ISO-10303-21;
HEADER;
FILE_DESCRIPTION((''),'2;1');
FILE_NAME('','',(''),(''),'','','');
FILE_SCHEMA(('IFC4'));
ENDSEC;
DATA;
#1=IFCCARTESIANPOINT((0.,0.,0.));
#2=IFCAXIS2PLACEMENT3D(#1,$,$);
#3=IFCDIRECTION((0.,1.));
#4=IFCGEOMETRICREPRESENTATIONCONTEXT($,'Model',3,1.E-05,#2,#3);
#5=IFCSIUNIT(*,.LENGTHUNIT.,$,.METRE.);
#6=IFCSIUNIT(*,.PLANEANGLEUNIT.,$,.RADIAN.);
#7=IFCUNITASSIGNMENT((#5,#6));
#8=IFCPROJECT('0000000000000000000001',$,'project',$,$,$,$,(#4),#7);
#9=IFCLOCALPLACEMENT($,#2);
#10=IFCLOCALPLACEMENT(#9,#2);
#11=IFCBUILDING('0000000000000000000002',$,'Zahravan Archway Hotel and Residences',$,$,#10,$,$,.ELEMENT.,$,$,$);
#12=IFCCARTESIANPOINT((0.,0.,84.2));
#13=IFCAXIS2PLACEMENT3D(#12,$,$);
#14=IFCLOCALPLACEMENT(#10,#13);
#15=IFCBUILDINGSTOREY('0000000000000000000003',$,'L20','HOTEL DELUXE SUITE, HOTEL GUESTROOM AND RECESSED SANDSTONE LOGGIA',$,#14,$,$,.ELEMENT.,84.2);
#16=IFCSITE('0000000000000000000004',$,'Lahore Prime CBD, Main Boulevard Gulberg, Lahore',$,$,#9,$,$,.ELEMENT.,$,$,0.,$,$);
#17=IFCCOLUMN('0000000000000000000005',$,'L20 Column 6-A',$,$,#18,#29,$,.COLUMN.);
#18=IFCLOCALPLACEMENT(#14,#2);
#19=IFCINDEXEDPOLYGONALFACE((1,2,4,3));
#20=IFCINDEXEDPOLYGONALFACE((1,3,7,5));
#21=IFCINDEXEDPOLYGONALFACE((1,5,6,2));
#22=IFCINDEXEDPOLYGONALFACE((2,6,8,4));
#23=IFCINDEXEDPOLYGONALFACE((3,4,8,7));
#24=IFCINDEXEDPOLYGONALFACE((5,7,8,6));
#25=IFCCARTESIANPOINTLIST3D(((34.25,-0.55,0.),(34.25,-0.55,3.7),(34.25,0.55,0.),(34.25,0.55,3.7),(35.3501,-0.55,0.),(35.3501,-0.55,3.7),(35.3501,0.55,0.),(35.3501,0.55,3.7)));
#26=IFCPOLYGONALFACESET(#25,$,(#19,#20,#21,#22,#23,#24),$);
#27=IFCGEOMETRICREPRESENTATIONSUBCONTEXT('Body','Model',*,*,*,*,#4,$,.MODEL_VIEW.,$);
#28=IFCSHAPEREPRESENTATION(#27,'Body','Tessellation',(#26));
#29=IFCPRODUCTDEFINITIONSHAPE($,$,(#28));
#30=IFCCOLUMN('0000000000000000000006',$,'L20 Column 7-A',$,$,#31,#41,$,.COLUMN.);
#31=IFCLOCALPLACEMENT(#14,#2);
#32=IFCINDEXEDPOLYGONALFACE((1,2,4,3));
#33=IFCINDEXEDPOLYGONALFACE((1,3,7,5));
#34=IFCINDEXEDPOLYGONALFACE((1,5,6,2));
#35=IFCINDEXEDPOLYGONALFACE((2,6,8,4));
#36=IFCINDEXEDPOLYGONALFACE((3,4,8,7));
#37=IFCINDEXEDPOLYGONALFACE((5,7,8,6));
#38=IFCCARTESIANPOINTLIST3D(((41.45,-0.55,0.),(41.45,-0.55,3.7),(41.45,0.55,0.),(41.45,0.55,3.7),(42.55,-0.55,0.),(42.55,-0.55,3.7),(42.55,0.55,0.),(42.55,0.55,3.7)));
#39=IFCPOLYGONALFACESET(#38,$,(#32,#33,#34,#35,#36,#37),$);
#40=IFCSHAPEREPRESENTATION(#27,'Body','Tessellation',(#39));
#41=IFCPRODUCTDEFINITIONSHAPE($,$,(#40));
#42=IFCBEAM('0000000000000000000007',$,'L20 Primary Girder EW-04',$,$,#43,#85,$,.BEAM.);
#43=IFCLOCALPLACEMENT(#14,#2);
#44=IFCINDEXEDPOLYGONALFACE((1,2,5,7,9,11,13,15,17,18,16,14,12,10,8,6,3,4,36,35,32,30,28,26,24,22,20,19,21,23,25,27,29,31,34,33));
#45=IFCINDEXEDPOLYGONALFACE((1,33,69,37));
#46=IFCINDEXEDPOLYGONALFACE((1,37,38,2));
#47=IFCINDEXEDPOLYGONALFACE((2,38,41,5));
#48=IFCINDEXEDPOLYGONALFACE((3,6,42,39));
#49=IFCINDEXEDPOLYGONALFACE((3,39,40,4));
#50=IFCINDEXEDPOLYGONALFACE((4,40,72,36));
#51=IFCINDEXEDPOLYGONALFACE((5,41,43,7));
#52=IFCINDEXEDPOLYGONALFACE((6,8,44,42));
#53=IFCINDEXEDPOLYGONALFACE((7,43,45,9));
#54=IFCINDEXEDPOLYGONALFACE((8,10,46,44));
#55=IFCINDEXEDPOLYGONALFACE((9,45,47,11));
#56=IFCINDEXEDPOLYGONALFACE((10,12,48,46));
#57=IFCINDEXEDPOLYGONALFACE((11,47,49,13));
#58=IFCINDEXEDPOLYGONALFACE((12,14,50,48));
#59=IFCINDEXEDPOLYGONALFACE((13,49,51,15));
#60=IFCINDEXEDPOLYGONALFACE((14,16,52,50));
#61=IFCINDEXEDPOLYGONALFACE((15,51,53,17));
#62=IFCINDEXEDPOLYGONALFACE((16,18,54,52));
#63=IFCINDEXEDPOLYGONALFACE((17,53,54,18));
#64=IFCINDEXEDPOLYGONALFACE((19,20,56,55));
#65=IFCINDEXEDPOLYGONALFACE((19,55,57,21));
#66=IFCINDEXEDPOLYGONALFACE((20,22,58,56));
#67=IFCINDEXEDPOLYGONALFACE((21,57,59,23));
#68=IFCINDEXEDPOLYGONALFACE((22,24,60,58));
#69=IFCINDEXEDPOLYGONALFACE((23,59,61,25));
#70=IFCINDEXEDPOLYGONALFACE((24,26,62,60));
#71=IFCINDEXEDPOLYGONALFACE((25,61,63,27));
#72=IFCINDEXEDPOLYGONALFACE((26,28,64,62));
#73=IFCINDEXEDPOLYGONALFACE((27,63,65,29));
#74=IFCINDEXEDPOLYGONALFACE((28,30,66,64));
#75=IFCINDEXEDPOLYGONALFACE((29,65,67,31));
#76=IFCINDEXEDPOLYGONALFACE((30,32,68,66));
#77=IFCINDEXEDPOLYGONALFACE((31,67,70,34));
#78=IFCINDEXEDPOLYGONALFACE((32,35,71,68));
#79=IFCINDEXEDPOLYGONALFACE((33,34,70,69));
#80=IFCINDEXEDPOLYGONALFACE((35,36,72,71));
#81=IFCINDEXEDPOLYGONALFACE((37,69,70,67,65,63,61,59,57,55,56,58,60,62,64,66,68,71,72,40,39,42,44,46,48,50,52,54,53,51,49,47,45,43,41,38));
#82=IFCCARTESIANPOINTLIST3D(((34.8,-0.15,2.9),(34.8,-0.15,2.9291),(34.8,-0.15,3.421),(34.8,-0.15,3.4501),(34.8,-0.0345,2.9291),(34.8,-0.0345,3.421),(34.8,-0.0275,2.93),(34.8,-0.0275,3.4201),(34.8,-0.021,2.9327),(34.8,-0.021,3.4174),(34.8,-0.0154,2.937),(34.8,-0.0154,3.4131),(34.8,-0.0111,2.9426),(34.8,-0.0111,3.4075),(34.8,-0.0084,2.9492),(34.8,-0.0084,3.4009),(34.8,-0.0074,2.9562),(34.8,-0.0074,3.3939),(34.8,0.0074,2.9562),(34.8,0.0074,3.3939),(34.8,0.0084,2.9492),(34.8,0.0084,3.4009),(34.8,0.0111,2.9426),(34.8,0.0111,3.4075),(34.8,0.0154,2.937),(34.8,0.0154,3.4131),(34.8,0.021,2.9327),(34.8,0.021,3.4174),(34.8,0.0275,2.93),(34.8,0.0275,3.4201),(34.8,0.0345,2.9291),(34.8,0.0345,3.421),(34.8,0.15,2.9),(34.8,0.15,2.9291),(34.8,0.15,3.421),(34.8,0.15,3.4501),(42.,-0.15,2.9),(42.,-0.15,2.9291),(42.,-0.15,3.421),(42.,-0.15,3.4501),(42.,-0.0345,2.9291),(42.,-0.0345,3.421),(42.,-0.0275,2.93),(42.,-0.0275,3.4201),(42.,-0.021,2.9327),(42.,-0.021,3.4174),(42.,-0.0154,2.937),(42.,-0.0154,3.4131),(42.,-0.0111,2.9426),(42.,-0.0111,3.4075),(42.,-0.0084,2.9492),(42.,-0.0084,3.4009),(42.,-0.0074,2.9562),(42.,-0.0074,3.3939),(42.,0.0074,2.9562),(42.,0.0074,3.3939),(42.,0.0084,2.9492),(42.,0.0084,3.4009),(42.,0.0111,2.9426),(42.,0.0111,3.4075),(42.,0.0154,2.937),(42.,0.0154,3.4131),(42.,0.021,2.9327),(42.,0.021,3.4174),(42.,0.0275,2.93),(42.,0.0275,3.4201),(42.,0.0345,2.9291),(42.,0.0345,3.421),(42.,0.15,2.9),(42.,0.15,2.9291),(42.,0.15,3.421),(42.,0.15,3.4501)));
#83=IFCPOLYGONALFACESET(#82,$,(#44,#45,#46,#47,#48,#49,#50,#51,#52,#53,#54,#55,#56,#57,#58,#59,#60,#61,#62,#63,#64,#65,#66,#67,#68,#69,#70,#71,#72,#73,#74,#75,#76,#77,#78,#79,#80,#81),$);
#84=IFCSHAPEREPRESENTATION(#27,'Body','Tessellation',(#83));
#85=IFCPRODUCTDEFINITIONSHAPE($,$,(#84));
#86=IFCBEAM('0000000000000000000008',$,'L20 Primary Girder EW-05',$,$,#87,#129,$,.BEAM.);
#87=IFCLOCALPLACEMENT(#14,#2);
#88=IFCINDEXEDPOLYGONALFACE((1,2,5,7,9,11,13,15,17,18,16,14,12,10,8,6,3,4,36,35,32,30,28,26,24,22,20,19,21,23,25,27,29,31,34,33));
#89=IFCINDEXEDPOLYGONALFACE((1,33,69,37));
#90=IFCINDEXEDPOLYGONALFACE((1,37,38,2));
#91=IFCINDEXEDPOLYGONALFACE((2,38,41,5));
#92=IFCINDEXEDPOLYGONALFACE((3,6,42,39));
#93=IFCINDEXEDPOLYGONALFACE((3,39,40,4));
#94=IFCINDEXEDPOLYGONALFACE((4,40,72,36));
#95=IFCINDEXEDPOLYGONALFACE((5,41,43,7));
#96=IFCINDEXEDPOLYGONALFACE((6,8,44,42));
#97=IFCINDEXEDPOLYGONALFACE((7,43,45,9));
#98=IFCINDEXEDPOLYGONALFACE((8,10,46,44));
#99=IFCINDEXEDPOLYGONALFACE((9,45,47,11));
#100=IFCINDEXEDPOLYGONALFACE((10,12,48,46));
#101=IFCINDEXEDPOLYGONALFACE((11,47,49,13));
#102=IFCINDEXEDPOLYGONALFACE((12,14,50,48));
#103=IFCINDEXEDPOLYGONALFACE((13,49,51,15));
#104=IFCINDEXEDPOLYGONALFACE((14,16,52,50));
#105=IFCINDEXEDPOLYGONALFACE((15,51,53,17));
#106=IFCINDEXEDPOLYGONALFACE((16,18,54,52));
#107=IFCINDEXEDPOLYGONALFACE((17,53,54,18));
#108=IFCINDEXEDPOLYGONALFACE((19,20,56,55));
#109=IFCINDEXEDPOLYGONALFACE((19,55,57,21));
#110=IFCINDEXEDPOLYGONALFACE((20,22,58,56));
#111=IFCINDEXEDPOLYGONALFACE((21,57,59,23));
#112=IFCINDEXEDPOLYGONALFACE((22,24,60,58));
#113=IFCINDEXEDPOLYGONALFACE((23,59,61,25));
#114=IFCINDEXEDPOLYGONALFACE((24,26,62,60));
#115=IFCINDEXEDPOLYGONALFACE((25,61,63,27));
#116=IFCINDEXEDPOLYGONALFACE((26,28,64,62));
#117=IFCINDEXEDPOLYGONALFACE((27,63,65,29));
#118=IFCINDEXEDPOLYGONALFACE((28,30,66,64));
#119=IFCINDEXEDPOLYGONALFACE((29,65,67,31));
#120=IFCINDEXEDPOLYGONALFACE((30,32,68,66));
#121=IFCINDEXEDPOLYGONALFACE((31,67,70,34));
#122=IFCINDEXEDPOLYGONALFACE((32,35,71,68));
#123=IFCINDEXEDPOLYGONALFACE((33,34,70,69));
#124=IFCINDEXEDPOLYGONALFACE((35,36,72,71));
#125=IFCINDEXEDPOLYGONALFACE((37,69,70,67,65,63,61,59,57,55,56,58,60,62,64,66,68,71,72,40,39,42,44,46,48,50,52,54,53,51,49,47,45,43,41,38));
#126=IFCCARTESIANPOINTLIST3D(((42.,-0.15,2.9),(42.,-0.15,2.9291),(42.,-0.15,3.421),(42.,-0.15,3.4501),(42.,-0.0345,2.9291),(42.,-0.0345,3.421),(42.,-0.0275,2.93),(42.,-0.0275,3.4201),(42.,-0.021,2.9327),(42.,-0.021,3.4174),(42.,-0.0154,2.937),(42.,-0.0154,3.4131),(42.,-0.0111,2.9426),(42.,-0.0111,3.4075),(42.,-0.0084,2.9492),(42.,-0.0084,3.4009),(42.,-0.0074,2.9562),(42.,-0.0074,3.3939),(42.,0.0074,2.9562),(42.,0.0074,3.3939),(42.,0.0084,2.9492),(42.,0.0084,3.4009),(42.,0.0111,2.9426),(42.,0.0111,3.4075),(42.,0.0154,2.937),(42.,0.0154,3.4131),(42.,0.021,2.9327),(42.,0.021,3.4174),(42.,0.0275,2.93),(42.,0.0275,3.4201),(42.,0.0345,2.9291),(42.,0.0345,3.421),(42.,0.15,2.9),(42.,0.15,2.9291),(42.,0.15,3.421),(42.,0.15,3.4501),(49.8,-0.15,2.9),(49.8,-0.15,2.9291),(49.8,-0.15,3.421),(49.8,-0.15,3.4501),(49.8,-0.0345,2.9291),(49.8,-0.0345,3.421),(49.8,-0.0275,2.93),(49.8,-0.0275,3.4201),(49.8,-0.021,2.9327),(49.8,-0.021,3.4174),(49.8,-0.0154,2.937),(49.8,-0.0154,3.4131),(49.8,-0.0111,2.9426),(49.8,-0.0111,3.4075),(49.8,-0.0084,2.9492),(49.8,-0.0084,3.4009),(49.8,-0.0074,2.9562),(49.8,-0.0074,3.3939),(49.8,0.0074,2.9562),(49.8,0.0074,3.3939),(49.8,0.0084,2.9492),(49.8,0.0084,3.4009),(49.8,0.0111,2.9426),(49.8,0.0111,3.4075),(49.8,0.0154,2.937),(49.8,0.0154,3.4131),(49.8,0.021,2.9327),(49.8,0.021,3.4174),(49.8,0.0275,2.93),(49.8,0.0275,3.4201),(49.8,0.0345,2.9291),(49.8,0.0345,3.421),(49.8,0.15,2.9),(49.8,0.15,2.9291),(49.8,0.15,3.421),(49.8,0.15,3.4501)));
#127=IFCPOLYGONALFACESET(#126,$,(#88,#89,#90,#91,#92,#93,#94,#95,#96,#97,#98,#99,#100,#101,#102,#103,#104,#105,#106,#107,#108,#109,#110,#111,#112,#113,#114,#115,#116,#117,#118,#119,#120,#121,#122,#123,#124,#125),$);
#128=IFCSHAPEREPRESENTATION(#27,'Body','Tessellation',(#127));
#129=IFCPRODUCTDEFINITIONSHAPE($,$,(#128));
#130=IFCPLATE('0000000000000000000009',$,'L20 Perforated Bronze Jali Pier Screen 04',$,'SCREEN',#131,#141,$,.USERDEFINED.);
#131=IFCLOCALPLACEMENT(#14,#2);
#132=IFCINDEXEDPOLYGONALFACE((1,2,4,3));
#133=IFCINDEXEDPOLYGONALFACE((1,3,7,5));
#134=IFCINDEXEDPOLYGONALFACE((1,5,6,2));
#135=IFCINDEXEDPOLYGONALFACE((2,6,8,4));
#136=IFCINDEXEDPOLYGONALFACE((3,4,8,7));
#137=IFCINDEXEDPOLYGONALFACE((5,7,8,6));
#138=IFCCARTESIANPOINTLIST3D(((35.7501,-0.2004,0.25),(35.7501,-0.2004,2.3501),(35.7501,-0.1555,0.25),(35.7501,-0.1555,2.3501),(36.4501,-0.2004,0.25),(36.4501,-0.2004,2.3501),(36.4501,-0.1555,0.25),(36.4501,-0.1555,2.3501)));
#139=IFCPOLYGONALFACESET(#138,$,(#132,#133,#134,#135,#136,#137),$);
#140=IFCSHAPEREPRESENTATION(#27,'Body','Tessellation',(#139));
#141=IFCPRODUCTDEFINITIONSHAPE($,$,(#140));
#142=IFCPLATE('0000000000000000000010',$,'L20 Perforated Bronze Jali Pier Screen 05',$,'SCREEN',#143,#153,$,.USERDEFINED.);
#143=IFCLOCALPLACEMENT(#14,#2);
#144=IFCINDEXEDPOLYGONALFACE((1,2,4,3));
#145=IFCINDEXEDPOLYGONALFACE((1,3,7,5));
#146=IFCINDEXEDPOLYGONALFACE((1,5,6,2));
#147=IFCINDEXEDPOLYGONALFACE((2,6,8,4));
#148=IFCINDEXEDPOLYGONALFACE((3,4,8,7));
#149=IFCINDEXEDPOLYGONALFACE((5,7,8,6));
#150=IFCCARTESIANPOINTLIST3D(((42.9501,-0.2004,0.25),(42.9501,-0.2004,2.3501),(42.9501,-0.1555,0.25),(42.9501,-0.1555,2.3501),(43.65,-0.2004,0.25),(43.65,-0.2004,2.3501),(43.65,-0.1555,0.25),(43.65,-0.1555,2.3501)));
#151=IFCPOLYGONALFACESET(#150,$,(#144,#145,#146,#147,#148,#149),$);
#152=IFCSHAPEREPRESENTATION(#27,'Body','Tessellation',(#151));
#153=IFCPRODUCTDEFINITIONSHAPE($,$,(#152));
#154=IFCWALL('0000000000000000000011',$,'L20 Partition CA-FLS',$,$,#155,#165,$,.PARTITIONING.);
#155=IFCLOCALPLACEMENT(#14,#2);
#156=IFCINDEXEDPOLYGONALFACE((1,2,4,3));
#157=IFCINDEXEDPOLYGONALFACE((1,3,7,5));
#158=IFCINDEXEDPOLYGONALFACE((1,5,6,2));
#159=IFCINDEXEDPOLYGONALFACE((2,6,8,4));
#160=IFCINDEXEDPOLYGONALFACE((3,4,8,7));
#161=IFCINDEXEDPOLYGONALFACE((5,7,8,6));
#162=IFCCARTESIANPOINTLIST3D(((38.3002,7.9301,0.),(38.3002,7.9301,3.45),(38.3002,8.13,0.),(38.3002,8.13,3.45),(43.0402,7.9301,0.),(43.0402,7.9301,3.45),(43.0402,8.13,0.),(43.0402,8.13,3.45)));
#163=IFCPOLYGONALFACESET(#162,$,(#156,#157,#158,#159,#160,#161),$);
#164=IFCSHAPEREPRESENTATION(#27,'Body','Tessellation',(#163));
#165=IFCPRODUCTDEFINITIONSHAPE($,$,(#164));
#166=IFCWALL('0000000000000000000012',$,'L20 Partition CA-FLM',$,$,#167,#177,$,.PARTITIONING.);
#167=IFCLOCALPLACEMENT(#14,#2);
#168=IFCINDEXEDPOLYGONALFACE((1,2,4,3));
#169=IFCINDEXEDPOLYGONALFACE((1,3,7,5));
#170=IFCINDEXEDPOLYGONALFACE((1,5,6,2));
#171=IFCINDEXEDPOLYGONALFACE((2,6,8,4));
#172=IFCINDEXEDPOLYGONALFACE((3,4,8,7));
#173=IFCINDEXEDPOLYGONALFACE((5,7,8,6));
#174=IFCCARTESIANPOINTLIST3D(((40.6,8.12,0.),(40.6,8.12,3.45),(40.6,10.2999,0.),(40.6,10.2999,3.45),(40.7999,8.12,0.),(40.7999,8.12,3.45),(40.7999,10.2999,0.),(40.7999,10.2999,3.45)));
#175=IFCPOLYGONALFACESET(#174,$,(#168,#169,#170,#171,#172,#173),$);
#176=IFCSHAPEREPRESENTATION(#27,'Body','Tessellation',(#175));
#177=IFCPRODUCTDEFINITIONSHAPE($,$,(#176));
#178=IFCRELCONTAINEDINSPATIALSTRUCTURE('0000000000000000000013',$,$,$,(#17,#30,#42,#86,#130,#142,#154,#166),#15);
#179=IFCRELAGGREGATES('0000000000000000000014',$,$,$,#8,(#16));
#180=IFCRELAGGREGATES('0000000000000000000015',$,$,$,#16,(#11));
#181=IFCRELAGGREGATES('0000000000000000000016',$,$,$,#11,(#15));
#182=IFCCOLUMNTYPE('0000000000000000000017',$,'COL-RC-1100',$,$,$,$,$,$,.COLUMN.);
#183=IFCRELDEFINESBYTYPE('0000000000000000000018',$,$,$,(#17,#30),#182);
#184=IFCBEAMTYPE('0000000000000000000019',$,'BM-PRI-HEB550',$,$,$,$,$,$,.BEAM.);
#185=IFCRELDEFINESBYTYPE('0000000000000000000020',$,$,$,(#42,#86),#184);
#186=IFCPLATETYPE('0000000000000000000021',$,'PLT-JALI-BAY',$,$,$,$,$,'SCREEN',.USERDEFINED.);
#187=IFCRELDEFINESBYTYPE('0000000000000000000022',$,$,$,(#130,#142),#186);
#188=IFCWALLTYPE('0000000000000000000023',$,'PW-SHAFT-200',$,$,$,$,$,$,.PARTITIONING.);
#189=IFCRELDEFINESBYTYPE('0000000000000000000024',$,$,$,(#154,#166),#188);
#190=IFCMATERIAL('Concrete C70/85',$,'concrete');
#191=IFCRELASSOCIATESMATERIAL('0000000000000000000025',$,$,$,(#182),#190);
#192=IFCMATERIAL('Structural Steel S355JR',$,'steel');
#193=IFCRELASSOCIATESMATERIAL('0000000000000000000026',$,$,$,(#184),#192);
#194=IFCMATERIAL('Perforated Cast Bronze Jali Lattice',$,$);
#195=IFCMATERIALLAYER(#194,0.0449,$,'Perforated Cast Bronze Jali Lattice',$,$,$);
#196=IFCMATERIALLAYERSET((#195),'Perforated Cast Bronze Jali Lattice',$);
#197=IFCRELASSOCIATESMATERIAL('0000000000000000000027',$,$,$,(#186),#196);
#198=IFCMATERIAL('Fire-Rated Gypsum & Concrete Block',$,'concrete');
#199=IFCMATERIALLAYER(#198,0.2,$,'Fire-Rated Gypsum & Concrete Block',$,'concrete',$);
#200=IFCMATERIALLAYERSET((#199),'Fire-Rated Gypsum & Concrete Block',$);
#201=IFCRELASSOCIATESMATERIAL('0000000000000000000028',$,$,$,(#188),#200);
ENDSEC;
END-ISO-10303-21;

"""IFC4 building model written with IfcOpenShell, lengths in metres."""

from ifc_helpers import new_model, si_unit, direction, frame, frame_2d, origin, origin_2d, place, context, subcontext, project, spatial, rectangle, i_section, extrude, source, transform, mapped, material, layer, layer_set, material_profile, profile_set, type_object, type_shapes, element, save


model = new_model("IFC4")

# Units and contexts
model_context = context("Model", 3, precision=1e-05, world=origin(), true_north=direction((0.0, 1.0)))
body_context = subcontext(model_context, "Body", "Model", "MODEL_VIEW")
ifc_project = project(units=[si_unit("LENGTHUNIT", "METRE"), si_unit("PLANEANGLEUNIT", "RADIAN")], contexts=[model_context])

# Site, building, storey
site_placement = place(None, origin())
site = spatial("IfcSite", under=ifc_project, at=site_placement, Name="Lahore Prime CBD, Main Boulevard Gulberg, Lahore", CompositionType="ELEMENT", RefElevation=0.0)
building_placement = place(site_placement, origin())
building = spatial("IfcBuilding", under=site, at=building_placement, Name="Zahravan Archway Hotel and Residences", CompositionType="ELEMENT")
storey_placement = place(building_placement, frame((0.0, 0.0, 84.2)))
storey = spatial("IfcBuildingStorey", under=building, at=storey_placement, Name="L20", Description="HOTEL DELUXE SUITE, HOTEL GUESTROOM AND RECESSED SANDSTONE LOGGIA", CompositionType="ELEMENT", Elevation=84.2)

# Columns
ifc_material_1 = material(Name="Concrete C70/85", Category="concrete")
ifc_material_profile_1 = material_profile(ifc_material_1, rectangle(XDim=1.1001, YDim=1.1001, at=origin_2d()), Name="RC 1100x1100", Category="concrete")
ifc_profile_set_1 = profile_set([ifc_material_profile_1], Name="Concrete C70/85")
column_type = type_object("IfcColumnType", Name="COL-RC-1100", PredefinedType="COLUMN", material=ifc_profile_set_1)
shared_shape_1 = source(origin(), body_context, "Body", "SweptSolid", [
    extrude(rectangle(XDim=1.1001, YDim=1.1001, at=origin_2d()), origin(), (0.0, 0.0, 1.0), 3.7),
])
for number, where, z_axis, x_axis, name in (
    (1, (34.8, 0.0, 0.0), (0.0, 0.0, 1.0), (1.0, 0.0, 0.0), "L20 Column 6-A"),
    (2, (42.0, 0.0, 0.0), (0.0, 0.0, 1.0), (1.0, 0.0, 0.0), "L20 Column 7-A"),
):
    element("IfcColumn", number, at=place(storey_placement, frame(where, z_axis=z_axis, x_axis=x_axis)), inside=storey, type_object=column_type, Name=name, PredefinedType="COLUMN", context=body_context, shape_type="MappedRepresentation", body=[
        mapped(shared_shape_1, transform((0.0, 0.0, 0.0), scale=1.0)),
    ])

# Beams
ifc_material_2 = material(Name="Structural Steel S355JR", Category="steel")
ifc_material_profile_2 = material_profile(ifc_material_2, i_section(OverallWidth=0.3, OverallDepth=0.55, WebThickness=0.0149, FlangeThickness=0.0291, FilletRadius=0.0271, at=origin_2d()), Name="HEB 550", Category="steel")
ifc_profile_set_2 = profile_set([ifc_material_profile_2], Name="Structural Steel S355JR")
beam_type = type_object("IfcBeamType", Name="BM-PRI-HEB550", PredefinedType="BEAM", material=ifc_profile_set_2)
shared_shape_2 = source(origin(), body_context, "Body", "SweptSolid", [
    extrude(i_section(OverallWidth=0.3, OverallDepth=0.55, WebThickness=0.0149, FlangeThickness=0.0291, FilletRadius=0.0271, at=origin_2d()), origin(), (0.0, 0.0, 1.0), 7.2),
])
beam_1_placement = place(storey_placement, frame((34.8, 0.0, 3.175), z_axis=(1.0, 0.0, 0.0), x_axis=(0.0, 1.0, 0.0)))
element("IfcBeam", 3, at=beam_1_placement, inside=storey, type_object=beam_type, Name="L20 Primary Girder EW-04", PredefinedType="BEAM", context=body_context, shape_type="MappedRepresentation", body=[
    mapped(shared_shape_2, transform((0.0, 0.0, 0.0), scale=1.0)),
])
shared_shape_3 = source(origin(), body_context, "Body", "SweptSolid", [
    extrude(i_section(OverallWidth=0.3, OverallDepth=0.55, WebThickness=0.0149, FlangeThickness=0.0291, FilletRadius=0.0271, at=origin_2d()), origin(), (0.0, 0.0, 1.0), 7.8),
])
beam_2_placement = place(storey_placement, frame((42.0, 0.0, 3.175), z_axis=(1.0, 0.0, 0.0), x_axis=(0.0, 1.0, 0.0)))
element("IfcBeam", 4, at=beam_2_placement, inside=storey, type_object=beam_type, Name="L20 Primary Girder EW-05", PredefinedType="BEAM", context=body_context, shape_type="MappedRepresentation", body=[
    mapped(shared_shape_3, transform((0.0, 0.0, 0.0), scale=1.0)),
])

# Plates
ifc_material_3 = material(Name="Perforated Cast Bronze Jali Lattice")
ifc_layer_1 = layer(ifc_material_3, 0.0449, Name="Perforated Cast Bronze Jali Lattice")
ifc_layer_set_1 = layer_set([ifc_layer_1], Name="Perforated Cast Bronze Jali Lattice")
plate_type = type_object("IfcPlateType", Name="PLT-JALI-BAY", ElementType="SCREEN", PredefinedType="USERDEFINED", material=ifc_layer_set_1)
shared_shape_4 = source(origin(), body_context, "Body", "SweptSolid", [
    extrude(rectangle(XDim=0.7, YDim=0.0449, at=origin_2d()), origin(), (0.0, 0.0, 1.0), 2.1001),
])
type_shapes(plate_type, [shared_shape_4])
for number, where, z_axis, x_axis, name in (
    (5, (36.1001, -0.178, 0.25), (0.0, 0.0, 1.0), (1.0, 0.0, 0.0), "L20 Perforated Bronze Jali Pier Screen 04"),
    (6, (43.3, -0.178, 0.25), (0.0, 0.0, 1.0), (1.0, 0.0, 0.0), "L20 Perforated Bronze Jali Pier Screen 05"),
):
    element("IfcPlate", number, at=place(storey_placement, frame(where, z_axis=z_axis, x_axis=x_axis)), inside=storey, type_object=plate_type, Name=name, ObjectType="SCREEN", PredefinedType="USERDEFINED", context=body_context, shape_type="MappedRepresentation", body=[
        mapped(shared_shape_4, transform((0.0, 0.0, 0.0), scale=1.0)),
    ])

# Walls
ifc_material_4 = material(Name="Fire-Rated Gypsum & Concrete Block", Category="concrete")
ifc_layer_2 = layer(ifc_material_4, 0.2, Name="Fire-Rated Gypsum & Concrete Block", Category="concrete")
ifc_layer_set_2 = layer_set([ifc_layer_2], Name="Fire-Rated Gypsum & Concrete Block")
wall_type_1 = type_object("IfcWallType", Name="PW-SHAFT-200", PredefinedType="PARTITIONING", material=ifc_layer_set_2)
wall_1_placement = place(storey_placement, frame((38.3, 8.03, 0.0), z_axis=(0.0, 0.0, 1.0), x_axis=(1.0, 0.0, 0.0)))
element("IfcWall", 7, at=wall_1_placement, inside=storey, type_object=wall_type_1, Name="L20 Partition CA-FLS", PredefinedType="PARTITIONING", context=body_context, shape_type="SweptSolid", body=[
    extrude(rectangle(XDim=4.74, YDim=0.2, at=frame_2d((2.3701, 0.0))), origin(), (0.0, 0.0, 1.0), 3.45),
])
wall_2_placement = place(storey_placement, frame((40.7, 8.1201, 0.0), z_axis=(0.0, 0.0, 1.0), x_axis=(0.0, 1.0, 0.0)))
element("IfcWall", 8, at=wall_2_placement, inside=storey, type_object=wall_type_1, Name="L20 Partition CA-FLM", PredefinedType="PARTITIONING", context=body_context, shape_type="SweptSolid", body=[
    extrude(rectangle(XDim=2.1799, YDim=0.2, at=frame_2d((1.0898, 0.0))), origin(), (0.0, 0.0, 1.0), 3.45),
])

save(model, "model.ifc")
